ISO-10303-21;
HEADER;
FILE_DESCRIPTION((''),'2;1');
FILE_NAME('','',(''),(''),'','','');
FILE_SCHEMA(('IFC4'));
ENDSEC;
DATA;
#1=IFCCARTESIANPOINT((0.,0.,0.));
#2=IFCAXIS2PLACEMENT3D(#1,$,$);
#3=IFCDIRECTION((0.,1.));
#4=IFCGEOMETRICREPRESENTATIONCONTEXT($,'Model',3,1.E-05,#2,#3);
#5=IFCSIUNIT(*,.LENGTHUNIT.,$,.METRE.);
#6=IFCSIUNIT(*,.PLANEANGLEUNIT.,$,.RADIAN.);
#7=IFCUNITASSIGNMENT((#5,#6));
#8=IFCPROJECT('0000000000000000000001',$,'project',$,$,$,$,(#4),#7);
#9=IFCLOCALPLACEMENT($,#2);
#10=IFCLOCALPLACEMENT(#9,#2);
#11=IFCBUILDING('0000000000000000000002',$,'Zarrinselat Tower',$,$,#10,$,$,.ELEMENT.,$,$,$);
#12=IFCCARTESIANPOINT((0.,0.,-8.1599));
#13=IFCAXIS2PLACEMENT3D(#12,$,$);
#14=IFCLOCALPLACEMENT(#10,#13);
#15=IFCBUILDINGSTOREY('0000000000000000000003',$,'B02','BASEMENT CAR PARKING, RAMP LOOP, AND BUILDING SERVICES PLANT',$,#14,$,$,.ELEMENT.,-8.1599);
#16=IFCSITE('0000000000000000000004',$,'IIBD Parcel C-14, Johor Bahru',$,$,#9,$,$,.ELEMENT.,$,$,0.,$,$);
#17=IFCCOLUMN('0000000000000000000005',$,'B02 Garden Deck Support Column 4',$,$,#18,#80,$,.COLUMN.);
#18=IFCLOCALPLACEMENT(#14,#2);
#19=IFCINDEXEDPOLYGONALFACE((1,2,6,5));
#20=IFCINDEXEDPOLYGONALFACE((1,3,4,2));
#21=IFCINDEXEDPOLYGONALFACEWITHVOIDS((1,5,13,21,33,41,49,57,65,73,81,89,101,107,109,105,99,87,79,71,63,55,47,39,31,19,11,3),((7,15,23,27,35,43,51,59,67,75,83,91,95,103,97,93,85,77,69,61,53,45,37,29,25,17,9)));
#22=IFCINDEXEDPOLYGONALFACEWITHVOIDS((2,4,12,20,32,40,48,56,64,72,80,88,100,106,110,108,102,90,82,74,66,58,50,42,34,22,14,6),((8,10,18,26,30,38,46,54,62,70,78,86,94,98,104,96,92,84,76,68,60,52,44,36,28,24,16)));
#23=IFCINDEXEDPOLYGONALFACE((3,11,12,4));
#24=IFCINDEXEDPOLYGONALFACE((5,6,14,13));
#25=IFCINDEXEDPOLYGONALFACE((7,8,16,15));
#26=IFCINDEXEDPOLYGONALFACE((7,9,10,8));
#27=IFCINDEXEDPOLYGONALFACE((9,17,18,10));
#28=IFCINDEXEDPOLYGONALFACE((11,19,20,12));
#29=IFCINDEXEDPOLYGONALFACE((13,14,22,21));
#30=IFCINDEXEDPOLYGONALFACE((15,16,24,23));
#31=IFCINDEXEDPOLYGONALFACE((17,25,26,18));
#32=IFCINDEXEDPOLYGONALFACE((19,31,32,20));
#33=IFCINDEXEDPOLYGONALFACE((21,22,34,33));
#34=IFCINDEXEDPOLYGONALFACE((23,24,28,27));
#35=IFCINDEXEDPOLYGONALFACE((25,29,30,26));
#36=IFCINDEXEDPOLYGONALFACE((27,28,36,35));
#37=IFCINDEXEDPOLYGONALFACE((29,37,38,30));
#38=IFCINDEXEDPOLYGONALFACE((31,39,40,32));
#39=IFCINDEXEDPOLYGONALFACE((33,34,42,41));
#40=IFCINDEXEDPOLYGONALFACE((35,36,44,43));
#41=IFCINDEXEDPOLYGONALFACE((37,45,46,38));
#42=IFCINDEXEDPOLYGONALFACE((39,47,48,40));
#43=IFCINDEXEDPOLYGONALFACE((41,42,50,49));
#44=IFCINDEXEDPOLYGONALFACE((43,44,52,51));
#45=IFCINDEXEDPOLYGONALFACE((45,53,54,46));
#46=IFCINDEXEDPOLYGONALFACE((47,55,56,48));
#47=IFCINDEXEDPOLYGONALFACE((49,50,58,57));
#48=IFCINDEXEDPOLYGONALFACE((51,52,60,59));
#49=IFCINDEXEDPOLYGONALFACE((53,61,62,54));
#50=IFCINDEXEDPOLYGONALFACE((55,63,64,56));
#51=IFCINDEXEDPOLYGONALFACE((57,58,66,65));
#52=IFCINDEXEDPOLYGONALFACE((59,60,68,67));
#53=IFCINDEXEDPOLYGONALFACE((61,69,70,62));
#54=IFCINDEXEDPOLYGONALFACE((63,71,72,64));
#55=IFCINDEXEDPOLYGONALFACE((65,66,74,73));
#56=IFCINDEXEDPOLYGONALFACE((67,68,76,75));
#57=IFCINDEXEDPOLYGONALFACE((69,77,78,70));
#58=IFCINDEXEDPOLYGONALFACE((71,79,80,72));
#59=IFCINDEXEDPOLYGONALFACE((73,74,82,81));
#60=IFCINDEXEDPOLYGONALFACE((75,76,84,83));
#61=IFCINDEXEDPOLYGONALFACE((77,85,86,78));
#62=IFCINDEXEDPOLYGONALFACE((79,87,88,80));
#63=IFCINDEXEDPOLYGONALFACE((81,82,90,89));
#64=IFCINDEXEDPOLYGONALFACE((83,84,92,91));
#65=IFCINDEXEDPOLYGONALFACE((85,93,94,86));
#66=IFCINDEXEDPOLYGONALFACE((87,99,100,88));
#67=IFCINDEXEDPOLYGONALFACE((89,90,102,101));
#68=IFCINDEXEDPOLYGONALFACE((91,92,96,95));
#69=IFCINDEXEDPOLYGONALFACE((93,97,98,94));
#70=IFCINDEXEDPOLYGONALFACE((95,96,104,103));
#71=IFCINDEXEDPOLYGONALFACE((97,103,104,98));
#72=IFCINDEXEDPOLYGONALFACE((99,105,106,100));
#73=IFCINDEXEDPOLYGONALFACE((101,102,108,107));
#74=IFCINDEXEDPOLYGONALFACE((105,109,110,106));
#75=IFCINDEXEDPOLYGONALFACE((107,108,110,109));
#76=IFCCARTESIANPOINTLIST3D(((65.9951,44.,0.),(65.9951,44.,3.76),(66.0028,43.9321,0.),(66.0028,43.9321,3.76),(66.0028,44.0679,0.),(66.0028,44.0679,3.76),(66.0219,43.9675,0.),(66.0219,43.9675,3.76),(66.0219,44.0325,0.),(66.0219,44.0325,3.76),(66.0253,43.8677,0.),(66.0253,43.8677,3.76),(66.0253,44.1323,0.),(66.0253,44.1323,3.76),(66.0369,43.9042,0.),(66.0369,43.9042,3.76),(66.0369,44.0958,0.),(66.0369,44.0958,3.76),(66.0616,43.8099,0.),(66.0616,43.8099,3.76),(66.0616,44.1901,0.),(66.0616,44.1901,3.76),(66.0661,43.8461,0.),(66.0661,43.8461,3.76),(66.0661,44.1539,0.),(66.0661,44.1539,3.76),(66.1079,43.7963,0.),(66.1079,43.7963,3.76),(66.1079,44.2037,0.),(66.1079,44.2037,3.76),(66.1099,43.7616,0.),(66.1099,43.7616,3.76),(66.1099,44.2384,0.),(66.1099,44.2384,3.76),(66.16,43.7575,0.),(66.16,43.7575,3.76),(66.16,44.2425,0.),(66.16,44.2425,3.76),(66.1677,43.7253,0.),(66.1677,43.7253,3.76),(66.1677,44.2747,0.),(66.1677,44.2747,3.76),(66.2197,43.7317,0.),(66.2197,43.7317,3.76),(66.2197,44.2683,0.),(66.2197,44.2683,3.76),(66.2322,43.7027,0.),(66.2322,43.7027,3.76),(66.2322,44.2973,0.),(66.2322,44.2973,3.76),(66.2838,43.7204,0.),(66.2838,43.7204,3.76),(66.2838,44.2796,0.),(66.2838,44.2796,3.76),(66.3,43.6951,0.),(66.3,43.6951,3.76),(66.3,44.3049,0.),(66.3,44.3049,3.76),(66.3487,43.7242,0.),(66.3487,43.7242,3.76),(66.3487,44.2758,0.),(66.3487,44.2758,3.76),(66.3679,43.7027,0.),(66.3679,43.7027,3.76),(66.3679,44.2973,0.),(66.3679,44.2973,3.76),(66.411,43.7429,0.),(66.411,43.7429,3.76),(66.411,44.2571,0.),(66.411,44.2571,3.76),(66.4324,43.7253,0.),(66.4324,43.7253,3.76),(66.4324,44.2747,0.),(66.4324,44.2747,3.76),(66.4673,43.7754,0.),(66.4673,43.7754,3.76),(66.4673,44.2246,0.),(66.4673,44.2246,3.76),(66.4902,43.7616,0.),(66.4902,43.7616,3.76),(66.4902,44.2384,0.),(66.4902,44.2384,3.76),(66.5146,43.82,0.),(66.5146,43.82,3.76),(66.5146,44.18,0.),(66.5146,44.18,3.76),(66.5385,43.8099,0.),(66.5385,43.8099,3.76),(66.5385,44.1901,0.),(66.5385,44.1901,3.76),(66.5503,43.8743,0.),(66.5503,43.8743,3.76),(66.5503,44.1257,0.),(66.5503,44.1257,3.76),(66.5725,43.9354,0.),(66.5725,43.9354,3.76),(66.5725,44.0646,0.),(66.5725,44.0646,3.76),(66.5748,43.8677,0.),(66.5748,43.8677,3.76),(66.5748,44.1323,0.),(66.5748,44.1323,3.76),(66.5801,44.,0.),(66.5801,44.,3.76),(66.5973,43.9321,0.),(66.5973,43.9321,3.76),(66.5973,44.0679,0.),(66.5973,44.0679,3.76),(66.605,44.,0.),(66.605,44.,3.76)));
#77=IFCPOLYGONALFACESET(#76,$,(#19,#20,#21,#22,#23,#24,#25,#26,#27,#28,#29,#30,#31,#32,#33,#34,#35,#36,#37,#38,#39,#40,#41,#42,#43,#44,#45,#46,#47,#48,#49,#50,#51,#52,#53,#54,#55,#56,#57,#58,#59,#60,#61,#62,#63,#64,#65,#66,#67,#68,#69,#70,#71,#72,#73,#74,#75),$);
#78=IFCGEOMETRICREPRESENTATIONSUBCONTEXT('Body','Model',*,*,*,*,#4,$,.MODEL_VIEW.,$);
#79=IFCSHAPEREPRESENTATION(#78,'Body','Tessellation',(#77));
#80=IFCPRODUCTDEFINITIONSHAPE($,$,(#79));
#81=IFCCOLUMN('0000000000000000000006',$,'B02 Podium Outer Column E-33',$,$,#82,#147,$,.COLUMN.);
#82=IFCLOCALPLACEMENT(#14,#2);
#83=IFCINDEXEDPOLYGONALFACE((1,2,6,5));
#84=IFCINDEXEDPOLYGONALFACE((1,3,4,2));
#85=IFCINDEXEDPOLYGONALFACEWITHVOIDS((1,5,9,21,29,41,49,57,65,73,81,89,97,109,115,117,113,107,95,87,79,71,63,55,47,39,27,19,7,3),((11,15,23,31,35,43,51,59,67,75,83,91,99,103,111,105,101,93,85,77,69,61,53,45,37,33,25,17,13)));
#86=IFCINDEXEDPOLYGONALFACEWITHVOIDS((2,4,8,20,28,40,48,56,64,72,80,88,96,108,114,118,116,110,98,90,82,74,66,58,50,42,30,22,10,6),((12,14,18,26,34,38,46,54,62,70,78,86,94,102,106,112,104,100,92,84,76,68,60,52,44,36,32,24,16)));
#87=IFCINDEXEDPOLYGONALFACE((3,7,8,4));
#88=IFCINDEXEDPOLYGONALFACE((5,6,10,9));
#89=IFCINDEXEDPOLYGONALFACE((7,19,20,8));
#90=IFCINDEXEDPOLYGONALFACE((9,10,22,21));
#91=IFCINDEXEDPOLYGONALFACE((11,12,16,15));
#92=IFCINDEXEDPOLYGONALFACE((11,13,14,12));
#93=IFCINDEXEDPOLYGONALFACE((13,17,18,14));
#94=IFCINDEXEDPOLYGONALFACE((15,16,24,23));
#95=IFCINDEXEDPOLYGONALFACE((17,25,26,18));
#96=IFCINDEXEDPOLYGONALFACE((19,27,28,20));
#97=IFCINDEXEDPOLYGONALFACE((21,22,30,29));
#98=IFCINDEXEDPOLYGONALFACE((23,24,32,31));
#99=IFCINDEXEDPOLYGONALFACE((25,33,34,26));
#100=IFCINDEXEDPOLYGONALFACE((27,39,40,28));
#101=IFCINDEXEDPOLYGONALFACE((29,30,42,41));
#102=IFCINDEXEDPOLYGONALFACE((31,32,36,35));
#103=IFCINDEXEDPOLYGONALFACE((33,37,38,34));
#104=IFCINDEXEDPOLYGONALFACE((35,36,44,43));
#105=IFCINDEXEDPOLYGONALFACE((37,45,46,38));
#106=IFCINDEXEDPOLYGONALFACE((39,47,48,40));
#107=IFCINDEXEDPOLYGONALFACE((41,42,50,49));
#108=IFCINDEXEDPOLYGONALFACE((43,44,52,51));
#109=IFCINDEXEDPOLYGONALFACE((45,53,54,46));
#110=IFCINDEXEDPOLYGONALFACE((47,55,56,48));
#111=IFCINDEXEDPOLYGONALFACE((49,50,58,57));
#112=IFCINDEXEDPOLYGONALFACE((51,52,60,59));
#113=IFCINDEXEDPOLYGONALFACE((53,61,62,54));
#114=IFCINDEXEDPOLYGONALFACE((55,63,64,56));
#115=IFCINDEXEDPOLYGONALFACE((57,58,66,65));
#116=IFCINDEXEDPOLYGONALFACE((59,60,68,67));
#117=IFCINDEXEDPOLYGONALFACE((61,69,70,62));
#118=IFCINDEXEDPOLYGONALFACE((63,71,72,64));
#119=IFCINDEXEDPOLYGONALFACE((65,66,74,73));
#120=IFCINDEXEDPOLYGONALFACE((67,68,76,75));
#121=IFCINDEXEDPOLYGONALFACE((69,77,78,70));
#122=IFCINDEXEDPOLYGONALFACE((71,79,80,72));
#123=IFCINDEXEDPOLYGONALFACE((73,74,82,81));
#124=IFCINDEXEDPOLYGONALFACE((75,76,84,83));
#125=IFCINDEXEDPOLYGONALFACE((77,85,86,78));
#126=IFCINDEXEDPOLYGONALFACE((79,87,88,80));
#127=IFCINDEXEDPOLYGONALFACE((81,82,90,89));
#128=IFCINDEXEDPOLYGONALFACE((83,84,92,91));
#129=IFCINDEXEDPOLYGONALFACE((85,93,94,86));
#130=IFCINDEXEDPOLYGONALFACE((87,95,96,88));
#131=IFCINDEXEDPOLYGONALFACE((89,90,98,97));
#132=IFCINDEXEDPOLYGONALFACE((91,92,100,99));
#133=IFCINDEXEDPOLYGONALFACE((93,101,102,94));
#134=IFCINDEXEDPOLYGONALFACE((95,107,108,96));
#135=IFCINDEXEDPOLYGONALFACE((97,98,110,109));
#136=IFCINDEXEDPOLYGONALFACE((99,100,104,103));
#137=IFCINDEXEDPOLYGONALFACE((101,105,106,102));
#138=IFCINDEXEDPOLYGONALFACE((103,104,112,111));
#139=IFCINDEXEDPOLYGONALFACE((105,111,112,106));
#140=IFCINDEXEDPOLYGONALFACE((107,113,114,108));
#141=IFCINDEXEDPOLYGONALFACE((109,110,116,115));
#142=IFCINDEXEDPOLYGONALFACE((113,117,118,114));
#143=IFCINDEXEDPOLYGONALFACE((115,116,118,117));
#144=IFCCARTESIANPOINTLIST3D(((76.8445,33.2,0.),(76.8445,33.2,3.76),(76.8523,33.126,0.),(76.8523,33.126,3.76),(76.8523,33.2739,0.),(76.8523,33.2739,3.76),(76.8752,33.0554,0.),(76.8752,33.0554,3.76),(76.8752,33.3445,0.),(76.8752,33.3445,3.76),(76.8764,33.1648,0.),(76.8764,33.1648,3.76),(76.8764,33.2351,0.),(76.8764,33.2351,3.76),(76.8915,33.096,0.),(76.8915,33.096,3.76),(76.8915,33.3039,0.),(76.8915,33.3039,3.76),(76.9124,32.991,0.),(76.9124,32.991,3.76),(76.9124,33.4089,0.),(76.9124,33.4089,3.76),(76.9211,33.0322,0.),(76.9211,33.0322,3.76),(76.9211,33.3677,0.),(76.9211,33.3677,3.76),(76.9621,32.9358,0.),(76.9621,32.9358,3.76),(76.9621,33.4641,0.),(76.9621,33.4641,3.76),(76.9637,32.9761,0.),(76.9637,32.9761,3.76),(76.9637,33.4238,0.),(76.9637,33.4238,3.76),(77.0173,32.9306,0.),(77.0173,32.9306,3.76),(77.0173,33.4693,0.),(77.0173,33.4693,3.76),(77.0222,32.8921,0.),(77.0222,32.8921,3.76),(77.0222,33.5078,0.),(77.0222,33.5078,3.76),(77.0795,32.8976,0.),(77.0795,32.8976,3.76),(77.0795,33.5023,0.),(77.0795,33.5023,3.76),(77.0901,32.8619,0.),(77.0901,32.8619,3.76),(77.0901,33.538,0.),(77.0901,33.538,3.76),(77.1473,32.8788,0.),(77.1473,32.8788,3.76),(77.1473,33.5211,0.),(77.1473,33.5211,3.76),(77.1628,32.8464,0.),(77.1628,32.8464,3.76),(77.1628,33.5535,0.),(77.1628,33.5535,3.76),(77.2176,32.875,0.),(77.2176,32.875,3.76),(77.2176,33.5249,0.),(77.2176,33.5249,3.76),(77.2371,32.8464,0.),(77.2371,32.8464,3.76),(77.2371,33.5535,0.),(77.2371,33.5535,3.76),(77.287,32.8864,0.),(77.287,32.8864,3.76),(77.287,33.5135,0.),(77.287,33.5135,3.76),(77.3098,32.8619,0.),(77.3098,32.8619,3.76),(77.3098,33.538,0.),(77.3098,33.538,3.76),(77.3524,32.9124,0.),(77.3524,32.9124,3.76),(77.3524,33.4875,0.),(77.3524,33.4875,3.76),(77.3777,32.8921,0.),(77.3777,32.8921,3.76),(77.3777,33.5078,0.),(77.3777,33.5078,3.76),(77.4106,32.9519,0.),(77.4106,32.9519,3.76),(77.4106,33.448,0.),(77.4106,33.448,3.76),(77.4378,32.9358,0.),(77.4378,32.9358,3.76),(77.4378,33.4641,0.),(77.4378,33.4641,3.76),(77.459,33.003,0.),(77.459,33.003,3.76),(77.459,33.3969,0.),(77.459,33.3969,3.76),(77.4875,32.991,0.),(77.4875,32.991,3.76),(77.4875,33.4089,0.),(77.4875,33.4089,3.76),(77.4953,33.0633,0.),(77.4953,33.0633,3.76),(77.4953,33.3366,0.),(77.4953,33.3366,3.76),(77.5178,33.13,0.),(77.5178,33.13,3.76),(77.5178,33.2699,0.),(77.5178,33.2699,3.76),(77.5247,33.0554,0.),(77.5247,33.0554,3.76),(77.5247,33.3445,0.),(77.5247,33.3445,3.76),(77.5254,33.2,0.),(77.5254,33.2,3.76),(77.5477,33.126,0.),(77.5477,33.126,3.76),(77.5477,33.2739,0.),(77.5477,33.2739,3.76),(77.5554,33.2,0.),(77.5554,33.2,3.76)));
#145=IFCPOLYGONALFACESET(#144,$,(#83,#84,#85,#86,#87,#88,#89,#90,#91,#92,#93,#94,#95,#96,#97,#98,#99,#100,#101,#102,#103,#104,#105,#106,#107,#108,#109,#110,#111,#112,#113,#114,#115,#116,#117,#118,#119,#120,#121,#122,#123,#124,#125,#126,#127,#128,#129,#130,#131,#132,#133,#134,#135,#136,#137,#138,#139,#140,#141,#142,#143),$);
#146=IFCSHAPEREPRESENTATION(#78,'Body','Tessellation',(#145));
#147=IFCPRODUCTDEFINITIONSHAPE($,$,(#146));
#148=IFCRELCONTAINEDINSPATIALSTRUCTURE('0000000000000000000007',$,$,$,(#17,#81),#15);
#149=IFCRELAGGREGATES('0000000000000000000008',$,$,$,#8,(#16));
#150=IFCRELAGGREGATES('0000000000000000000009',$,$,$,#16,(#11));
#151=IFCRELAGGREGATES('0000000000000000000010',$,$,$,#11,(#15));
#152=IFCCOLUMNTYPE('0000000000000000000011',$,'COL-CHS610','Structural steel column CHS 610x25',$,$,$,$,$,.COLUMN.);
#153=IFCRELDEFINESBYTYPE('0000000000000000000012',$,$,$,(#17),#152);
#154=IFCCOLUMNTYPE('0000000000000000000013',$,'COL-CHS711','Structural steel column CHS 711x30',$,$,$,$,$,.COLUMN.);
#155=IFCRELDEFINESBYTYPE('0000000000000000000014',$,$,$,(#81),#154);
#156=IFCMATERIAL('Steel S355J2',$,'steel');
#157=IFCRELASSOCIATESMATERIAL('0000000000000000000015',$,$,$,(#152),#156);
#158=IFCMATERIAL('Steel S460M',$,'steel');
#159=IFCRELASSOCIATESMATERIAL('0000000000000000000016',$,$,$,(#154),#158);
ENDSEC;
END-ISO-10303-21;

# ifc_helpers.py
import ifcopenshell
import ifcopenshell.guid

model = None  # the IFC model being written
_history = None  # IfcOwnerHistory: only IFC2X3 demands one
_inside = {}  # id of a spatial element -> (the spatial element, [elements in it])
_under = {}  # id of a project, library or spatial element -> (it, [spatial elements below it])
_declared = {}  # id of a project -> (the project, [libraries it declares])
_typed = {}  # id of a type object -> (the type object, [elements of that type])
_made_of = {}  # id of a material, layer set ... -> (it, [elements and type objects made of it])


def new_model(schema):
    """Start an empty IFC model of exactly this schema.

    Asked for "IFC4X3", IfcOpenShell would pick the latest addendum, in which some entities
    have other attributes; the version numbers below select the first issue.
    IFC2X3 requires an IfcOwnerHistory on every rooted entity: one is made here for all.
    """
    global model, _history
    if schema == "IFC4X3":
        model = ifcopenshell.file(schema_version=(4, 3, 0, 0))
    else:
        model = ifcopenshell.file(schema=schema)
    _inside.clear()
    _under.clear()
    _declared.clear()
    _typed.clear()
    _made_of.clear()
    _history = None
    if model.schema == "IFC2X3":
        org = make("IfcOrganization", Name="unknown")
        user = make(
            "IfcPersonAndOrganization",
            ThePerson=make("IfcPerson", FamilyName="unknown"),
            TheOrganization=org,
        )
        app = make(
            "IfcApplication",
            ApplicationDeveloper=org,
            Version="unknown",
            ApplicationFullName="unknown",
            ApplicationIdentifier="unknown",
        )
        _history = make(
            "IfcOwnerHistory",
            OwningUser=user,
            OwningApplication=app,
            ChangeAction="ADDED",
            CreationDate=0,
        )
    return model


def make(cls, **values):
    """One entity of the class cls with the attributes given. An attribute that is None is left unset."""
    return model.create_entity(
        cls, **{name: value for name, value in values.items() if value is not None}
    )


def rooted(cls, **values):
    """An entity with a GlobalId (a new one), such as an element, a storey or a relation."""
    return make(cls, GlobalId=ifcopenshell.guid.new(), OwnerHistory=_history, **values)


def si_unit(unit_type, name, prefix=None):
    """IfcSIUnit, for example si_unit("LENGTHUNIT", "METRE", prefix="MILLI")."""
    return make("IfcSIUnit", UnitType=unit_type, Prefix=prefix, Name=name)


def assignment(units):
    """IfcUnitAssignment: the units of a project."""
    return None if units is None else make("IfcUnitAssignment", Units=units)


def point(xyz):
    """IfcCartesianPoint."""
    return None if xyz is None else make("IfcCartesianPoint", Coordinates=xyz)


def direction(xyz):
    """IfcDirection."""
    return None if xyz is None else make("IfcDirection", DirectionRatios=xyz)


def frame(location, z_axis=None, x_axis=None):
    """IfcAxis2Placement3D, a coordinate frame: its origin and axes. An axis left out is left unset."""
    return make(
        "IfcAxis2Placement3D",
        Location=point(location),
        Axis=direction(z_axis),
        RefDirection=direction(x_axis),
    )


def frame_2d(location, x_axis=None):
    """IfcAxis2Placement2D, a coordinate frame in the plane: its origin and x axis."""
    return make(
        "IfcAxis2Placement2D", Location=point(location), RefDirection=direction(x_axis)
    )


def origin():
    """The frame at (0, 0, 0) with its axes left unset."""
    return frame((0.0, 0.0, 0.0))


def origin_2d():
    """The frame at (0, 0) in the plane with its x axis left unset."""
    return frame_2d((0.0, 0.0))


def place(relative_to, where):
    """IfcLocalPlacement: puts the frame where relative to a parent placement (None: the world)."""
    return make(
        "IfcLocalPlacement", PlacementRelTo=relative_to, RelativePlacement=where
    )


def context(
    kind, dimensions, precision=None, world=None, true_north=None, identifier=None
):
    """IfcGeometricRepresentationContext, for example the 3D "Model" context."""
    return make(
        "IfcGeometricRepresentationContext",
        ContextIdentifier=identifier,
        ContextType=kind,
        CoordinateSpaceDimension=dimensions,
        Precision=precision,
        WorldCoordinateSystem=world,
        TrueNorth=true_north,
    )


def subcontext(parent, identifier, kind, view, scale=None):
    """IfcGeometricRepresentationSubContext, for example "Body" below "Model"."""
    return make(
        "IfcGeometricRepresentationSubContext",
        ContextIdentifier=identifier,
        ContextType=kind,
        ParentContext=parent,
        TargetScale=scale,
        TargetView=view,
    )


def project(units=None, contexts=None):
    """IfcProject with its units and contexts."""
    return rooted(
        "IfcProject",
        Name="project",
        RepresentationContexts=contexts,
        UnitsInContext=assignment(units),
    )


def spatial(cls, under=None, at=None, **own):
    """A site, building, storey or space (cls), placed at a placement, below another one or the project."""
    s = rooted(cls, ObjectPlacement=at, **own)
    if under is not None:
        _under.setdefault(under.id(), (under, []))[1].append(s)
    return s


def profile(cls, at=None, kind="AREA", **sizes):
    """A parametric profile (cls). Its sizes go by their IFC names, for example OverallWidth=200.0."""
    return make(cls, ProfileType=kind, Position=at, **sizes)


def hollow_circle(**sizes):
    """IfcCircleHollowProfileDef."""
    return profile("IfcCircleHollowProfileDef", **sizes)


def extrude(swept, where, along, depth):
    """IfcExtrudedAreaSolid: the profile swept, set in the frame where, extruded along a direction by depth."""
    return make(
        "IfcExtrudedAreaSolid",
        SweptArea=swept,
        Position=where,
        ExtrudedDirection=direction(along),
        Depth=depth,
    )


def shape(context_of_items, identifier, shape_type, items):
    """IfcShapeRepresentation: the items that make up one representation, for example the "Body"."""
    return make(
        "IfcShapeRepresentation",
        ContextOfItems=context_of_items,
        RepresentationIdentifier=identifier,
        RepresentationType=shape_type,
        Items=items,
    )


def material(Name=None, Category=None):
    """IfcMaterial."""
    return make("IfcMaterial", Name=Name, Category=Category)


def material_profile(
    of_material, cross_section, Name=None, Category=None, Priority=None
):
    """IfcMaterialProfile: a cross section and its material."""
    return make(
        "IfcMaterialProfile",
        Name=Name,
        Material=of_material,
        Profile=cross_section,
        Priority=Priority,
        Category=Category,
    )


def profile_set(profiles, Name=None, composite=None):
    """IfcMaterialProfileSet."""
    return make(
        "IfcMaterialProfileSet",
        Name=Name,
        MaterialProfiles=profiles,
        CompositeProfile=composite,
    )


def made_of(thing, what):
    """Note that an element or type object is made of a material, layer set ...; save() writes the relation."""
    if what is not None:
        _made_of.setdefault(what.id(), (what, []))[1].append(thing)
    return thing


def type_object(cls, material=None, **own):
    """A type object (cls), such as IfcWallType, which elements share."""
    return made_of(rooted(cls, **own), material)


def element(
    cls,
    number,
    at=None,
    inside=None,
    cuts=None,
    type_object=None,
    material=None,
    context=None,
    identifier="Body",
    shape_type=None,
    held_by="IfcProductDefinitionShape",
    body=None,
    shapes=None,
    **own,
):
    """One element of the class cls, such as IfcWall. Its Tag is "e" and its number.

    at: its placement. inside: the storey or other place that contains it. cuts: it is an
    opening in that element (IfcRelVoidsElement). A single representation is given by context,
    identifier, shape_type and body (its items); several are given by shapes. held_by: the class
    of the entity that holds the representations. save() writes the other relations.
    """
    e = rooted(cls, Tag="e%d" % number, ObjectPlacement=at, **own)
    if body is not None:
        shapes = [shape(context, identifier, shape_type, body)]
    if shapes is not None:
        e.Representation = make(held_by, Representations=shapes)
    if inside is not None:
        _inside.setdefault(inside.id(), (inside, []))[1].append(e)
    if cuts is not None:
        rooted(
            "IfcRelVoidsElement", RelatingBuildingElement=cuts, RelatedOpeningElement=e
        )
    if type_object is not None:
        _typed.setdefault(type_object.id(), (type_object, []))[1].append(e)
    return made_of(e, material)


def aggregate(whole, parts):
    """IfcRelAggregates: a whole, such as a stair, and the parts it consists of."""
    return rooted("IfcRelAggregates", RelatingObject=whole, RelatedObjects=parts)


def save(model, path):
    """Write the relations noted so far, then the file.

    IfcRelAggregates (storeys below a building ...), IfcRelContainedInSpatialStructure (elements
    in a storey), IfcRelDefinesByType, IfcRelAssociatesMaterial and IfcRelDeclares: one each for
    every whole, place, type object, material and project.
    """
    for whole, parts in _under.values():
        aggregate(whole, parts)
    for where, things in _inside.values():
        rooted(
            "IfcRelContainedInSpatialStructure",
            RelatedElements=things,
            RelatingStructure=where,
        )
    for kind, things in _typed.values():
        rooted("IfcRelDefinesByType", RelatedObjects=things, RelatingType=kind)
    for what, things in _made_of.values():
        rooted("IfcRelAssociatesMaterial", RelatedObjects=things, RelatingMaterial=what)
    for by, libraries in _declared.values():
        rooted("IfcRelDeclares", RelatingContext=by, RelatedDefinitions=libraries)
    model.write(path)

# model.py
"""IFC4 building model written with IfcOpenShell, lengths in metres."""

from ifc_helpers import new_model, si_unit, direction, frame, origin, origin_2d, place, context, subcontext, project, spatial, hollow_circle, extrude, material, material_profile, profile_set, type_object, element, save


model = new_model("IFC4")

# Units and contexts
model_context = context("Model", 3, precision=1e-05, world=origin(), true_north=direction((0.0, 1.0)))
body_context = subcontext(model_context, "Body", "Model", "MODEL_VIEW")
ifc_project = project(units=[si_unit("LENGTHUNIT", "METRE"), si_unit("PLANEANGLEUNIT", "RADIAN")], contexts=[model_context])

# Site, building, storey
site_placement = place(None, origin())
site = spatial("IfcSite", under=ifc_project, at=site_placement, Name="IIBD Parcel C-14, Johor Bahru", CompositionType="ELEMENT", RefElevation=0.0)
building_placement = place(site_placement, origin())
building = spatial("IfcBuilding", under=site, at=building_placement, Name="Zarrinselat Tower", CompositionType="ELEMENT")
storey_placement = place(building_placement, frame((0.0, 0.0, -8.1599)))
storey = spatial("IfcBuildingStorey", under=building, at=storey_placement, Name="B02", Description="BASEMENT CAR PARKING, RAMP LOOP, AND BUILDING SERVICES PLANT", CompositionType="ELEMENT", Elevation=-8.1599)

# Columns
ifc_material_1 = material(Name="Steel S355J2", Category="steel")
ifc_material_profile_1 = material_profile(ifc_material_1, hollow_circle(Radius=0.3049, WallThickness=0.0249, at=origin_2d()), Name="CHS 610x25")
ifc_profile_set_1 = profile_set([ifc_material_profile_1], Name="Steel S355J2")
column_type_1 = type_object("IfcColumnType", Name="COL-CHS610", Description="Structural steel column CHS 610x25", PredefinedType="COLUMN", material=ifc_profile_set_1)
column_placement = place(storey_placement, frame((66.3, 44.0, 0.0), z_axis=(0.0, 0.0, 1.0), x_axis=(1.0, 0.0, 0.0)))
element("IfcColumn", 1, at=column_placement, inside=storey, type_object=column_type_1, Name="B02 Garden Deck Support Column 4", PredefinedType="COLUMN", context=body_context, shape_type="SweptSolid", body=[
    extrude(hollow_circle(Radius=0.3049, WallThickness=0.0249, at=origin_2d()), origin(), (0.0, 0.0, 1.0), 3.76),
])
ifc_material_2 = material(Name="Steel S460M", Category="steel")
ifc_material_profile_2 = material_profile(ifc_material_2, hollow_circle(Radius=0.3555, WallThickness=0.03, at=origin_2d()), Name="CHS 711x30")
ifc_profile_set_2 = profile_set([ifc_material_profile_2], Name="Steel S460M")
column_type_2 = type_object("IfcColumnType", Name="COL-CHS711", Description="Structural steel column CHS 711x30", PredefinedType="COLUMN", material=ifc_profile_set_2)
for number, where, z_axis, x_axis, name in (
    (2, (77.2, 33.2, 0.0), (0.0, 0.0, 1.0), (1.0, 0.0, 0.0), "B02 Podium Outer Column E-33"),
):
    element("IfcColumn", number, at=place(storey_placement, frame(where, z_axis=z_axis, x_axis=x_axis)), inside=storey, type_object=column_type_2, Name=name, PredefinedType="COLUMN", context=body_context, shape_type="SweptSolid", body=[
        extrude(hollow_circle(Radius=0.3555, WallThickness=0.03, at=origin_2d()), origin(), (0.0, 0.0, 1.0), 3.76),
    ])

save(model, "model.ifc")
